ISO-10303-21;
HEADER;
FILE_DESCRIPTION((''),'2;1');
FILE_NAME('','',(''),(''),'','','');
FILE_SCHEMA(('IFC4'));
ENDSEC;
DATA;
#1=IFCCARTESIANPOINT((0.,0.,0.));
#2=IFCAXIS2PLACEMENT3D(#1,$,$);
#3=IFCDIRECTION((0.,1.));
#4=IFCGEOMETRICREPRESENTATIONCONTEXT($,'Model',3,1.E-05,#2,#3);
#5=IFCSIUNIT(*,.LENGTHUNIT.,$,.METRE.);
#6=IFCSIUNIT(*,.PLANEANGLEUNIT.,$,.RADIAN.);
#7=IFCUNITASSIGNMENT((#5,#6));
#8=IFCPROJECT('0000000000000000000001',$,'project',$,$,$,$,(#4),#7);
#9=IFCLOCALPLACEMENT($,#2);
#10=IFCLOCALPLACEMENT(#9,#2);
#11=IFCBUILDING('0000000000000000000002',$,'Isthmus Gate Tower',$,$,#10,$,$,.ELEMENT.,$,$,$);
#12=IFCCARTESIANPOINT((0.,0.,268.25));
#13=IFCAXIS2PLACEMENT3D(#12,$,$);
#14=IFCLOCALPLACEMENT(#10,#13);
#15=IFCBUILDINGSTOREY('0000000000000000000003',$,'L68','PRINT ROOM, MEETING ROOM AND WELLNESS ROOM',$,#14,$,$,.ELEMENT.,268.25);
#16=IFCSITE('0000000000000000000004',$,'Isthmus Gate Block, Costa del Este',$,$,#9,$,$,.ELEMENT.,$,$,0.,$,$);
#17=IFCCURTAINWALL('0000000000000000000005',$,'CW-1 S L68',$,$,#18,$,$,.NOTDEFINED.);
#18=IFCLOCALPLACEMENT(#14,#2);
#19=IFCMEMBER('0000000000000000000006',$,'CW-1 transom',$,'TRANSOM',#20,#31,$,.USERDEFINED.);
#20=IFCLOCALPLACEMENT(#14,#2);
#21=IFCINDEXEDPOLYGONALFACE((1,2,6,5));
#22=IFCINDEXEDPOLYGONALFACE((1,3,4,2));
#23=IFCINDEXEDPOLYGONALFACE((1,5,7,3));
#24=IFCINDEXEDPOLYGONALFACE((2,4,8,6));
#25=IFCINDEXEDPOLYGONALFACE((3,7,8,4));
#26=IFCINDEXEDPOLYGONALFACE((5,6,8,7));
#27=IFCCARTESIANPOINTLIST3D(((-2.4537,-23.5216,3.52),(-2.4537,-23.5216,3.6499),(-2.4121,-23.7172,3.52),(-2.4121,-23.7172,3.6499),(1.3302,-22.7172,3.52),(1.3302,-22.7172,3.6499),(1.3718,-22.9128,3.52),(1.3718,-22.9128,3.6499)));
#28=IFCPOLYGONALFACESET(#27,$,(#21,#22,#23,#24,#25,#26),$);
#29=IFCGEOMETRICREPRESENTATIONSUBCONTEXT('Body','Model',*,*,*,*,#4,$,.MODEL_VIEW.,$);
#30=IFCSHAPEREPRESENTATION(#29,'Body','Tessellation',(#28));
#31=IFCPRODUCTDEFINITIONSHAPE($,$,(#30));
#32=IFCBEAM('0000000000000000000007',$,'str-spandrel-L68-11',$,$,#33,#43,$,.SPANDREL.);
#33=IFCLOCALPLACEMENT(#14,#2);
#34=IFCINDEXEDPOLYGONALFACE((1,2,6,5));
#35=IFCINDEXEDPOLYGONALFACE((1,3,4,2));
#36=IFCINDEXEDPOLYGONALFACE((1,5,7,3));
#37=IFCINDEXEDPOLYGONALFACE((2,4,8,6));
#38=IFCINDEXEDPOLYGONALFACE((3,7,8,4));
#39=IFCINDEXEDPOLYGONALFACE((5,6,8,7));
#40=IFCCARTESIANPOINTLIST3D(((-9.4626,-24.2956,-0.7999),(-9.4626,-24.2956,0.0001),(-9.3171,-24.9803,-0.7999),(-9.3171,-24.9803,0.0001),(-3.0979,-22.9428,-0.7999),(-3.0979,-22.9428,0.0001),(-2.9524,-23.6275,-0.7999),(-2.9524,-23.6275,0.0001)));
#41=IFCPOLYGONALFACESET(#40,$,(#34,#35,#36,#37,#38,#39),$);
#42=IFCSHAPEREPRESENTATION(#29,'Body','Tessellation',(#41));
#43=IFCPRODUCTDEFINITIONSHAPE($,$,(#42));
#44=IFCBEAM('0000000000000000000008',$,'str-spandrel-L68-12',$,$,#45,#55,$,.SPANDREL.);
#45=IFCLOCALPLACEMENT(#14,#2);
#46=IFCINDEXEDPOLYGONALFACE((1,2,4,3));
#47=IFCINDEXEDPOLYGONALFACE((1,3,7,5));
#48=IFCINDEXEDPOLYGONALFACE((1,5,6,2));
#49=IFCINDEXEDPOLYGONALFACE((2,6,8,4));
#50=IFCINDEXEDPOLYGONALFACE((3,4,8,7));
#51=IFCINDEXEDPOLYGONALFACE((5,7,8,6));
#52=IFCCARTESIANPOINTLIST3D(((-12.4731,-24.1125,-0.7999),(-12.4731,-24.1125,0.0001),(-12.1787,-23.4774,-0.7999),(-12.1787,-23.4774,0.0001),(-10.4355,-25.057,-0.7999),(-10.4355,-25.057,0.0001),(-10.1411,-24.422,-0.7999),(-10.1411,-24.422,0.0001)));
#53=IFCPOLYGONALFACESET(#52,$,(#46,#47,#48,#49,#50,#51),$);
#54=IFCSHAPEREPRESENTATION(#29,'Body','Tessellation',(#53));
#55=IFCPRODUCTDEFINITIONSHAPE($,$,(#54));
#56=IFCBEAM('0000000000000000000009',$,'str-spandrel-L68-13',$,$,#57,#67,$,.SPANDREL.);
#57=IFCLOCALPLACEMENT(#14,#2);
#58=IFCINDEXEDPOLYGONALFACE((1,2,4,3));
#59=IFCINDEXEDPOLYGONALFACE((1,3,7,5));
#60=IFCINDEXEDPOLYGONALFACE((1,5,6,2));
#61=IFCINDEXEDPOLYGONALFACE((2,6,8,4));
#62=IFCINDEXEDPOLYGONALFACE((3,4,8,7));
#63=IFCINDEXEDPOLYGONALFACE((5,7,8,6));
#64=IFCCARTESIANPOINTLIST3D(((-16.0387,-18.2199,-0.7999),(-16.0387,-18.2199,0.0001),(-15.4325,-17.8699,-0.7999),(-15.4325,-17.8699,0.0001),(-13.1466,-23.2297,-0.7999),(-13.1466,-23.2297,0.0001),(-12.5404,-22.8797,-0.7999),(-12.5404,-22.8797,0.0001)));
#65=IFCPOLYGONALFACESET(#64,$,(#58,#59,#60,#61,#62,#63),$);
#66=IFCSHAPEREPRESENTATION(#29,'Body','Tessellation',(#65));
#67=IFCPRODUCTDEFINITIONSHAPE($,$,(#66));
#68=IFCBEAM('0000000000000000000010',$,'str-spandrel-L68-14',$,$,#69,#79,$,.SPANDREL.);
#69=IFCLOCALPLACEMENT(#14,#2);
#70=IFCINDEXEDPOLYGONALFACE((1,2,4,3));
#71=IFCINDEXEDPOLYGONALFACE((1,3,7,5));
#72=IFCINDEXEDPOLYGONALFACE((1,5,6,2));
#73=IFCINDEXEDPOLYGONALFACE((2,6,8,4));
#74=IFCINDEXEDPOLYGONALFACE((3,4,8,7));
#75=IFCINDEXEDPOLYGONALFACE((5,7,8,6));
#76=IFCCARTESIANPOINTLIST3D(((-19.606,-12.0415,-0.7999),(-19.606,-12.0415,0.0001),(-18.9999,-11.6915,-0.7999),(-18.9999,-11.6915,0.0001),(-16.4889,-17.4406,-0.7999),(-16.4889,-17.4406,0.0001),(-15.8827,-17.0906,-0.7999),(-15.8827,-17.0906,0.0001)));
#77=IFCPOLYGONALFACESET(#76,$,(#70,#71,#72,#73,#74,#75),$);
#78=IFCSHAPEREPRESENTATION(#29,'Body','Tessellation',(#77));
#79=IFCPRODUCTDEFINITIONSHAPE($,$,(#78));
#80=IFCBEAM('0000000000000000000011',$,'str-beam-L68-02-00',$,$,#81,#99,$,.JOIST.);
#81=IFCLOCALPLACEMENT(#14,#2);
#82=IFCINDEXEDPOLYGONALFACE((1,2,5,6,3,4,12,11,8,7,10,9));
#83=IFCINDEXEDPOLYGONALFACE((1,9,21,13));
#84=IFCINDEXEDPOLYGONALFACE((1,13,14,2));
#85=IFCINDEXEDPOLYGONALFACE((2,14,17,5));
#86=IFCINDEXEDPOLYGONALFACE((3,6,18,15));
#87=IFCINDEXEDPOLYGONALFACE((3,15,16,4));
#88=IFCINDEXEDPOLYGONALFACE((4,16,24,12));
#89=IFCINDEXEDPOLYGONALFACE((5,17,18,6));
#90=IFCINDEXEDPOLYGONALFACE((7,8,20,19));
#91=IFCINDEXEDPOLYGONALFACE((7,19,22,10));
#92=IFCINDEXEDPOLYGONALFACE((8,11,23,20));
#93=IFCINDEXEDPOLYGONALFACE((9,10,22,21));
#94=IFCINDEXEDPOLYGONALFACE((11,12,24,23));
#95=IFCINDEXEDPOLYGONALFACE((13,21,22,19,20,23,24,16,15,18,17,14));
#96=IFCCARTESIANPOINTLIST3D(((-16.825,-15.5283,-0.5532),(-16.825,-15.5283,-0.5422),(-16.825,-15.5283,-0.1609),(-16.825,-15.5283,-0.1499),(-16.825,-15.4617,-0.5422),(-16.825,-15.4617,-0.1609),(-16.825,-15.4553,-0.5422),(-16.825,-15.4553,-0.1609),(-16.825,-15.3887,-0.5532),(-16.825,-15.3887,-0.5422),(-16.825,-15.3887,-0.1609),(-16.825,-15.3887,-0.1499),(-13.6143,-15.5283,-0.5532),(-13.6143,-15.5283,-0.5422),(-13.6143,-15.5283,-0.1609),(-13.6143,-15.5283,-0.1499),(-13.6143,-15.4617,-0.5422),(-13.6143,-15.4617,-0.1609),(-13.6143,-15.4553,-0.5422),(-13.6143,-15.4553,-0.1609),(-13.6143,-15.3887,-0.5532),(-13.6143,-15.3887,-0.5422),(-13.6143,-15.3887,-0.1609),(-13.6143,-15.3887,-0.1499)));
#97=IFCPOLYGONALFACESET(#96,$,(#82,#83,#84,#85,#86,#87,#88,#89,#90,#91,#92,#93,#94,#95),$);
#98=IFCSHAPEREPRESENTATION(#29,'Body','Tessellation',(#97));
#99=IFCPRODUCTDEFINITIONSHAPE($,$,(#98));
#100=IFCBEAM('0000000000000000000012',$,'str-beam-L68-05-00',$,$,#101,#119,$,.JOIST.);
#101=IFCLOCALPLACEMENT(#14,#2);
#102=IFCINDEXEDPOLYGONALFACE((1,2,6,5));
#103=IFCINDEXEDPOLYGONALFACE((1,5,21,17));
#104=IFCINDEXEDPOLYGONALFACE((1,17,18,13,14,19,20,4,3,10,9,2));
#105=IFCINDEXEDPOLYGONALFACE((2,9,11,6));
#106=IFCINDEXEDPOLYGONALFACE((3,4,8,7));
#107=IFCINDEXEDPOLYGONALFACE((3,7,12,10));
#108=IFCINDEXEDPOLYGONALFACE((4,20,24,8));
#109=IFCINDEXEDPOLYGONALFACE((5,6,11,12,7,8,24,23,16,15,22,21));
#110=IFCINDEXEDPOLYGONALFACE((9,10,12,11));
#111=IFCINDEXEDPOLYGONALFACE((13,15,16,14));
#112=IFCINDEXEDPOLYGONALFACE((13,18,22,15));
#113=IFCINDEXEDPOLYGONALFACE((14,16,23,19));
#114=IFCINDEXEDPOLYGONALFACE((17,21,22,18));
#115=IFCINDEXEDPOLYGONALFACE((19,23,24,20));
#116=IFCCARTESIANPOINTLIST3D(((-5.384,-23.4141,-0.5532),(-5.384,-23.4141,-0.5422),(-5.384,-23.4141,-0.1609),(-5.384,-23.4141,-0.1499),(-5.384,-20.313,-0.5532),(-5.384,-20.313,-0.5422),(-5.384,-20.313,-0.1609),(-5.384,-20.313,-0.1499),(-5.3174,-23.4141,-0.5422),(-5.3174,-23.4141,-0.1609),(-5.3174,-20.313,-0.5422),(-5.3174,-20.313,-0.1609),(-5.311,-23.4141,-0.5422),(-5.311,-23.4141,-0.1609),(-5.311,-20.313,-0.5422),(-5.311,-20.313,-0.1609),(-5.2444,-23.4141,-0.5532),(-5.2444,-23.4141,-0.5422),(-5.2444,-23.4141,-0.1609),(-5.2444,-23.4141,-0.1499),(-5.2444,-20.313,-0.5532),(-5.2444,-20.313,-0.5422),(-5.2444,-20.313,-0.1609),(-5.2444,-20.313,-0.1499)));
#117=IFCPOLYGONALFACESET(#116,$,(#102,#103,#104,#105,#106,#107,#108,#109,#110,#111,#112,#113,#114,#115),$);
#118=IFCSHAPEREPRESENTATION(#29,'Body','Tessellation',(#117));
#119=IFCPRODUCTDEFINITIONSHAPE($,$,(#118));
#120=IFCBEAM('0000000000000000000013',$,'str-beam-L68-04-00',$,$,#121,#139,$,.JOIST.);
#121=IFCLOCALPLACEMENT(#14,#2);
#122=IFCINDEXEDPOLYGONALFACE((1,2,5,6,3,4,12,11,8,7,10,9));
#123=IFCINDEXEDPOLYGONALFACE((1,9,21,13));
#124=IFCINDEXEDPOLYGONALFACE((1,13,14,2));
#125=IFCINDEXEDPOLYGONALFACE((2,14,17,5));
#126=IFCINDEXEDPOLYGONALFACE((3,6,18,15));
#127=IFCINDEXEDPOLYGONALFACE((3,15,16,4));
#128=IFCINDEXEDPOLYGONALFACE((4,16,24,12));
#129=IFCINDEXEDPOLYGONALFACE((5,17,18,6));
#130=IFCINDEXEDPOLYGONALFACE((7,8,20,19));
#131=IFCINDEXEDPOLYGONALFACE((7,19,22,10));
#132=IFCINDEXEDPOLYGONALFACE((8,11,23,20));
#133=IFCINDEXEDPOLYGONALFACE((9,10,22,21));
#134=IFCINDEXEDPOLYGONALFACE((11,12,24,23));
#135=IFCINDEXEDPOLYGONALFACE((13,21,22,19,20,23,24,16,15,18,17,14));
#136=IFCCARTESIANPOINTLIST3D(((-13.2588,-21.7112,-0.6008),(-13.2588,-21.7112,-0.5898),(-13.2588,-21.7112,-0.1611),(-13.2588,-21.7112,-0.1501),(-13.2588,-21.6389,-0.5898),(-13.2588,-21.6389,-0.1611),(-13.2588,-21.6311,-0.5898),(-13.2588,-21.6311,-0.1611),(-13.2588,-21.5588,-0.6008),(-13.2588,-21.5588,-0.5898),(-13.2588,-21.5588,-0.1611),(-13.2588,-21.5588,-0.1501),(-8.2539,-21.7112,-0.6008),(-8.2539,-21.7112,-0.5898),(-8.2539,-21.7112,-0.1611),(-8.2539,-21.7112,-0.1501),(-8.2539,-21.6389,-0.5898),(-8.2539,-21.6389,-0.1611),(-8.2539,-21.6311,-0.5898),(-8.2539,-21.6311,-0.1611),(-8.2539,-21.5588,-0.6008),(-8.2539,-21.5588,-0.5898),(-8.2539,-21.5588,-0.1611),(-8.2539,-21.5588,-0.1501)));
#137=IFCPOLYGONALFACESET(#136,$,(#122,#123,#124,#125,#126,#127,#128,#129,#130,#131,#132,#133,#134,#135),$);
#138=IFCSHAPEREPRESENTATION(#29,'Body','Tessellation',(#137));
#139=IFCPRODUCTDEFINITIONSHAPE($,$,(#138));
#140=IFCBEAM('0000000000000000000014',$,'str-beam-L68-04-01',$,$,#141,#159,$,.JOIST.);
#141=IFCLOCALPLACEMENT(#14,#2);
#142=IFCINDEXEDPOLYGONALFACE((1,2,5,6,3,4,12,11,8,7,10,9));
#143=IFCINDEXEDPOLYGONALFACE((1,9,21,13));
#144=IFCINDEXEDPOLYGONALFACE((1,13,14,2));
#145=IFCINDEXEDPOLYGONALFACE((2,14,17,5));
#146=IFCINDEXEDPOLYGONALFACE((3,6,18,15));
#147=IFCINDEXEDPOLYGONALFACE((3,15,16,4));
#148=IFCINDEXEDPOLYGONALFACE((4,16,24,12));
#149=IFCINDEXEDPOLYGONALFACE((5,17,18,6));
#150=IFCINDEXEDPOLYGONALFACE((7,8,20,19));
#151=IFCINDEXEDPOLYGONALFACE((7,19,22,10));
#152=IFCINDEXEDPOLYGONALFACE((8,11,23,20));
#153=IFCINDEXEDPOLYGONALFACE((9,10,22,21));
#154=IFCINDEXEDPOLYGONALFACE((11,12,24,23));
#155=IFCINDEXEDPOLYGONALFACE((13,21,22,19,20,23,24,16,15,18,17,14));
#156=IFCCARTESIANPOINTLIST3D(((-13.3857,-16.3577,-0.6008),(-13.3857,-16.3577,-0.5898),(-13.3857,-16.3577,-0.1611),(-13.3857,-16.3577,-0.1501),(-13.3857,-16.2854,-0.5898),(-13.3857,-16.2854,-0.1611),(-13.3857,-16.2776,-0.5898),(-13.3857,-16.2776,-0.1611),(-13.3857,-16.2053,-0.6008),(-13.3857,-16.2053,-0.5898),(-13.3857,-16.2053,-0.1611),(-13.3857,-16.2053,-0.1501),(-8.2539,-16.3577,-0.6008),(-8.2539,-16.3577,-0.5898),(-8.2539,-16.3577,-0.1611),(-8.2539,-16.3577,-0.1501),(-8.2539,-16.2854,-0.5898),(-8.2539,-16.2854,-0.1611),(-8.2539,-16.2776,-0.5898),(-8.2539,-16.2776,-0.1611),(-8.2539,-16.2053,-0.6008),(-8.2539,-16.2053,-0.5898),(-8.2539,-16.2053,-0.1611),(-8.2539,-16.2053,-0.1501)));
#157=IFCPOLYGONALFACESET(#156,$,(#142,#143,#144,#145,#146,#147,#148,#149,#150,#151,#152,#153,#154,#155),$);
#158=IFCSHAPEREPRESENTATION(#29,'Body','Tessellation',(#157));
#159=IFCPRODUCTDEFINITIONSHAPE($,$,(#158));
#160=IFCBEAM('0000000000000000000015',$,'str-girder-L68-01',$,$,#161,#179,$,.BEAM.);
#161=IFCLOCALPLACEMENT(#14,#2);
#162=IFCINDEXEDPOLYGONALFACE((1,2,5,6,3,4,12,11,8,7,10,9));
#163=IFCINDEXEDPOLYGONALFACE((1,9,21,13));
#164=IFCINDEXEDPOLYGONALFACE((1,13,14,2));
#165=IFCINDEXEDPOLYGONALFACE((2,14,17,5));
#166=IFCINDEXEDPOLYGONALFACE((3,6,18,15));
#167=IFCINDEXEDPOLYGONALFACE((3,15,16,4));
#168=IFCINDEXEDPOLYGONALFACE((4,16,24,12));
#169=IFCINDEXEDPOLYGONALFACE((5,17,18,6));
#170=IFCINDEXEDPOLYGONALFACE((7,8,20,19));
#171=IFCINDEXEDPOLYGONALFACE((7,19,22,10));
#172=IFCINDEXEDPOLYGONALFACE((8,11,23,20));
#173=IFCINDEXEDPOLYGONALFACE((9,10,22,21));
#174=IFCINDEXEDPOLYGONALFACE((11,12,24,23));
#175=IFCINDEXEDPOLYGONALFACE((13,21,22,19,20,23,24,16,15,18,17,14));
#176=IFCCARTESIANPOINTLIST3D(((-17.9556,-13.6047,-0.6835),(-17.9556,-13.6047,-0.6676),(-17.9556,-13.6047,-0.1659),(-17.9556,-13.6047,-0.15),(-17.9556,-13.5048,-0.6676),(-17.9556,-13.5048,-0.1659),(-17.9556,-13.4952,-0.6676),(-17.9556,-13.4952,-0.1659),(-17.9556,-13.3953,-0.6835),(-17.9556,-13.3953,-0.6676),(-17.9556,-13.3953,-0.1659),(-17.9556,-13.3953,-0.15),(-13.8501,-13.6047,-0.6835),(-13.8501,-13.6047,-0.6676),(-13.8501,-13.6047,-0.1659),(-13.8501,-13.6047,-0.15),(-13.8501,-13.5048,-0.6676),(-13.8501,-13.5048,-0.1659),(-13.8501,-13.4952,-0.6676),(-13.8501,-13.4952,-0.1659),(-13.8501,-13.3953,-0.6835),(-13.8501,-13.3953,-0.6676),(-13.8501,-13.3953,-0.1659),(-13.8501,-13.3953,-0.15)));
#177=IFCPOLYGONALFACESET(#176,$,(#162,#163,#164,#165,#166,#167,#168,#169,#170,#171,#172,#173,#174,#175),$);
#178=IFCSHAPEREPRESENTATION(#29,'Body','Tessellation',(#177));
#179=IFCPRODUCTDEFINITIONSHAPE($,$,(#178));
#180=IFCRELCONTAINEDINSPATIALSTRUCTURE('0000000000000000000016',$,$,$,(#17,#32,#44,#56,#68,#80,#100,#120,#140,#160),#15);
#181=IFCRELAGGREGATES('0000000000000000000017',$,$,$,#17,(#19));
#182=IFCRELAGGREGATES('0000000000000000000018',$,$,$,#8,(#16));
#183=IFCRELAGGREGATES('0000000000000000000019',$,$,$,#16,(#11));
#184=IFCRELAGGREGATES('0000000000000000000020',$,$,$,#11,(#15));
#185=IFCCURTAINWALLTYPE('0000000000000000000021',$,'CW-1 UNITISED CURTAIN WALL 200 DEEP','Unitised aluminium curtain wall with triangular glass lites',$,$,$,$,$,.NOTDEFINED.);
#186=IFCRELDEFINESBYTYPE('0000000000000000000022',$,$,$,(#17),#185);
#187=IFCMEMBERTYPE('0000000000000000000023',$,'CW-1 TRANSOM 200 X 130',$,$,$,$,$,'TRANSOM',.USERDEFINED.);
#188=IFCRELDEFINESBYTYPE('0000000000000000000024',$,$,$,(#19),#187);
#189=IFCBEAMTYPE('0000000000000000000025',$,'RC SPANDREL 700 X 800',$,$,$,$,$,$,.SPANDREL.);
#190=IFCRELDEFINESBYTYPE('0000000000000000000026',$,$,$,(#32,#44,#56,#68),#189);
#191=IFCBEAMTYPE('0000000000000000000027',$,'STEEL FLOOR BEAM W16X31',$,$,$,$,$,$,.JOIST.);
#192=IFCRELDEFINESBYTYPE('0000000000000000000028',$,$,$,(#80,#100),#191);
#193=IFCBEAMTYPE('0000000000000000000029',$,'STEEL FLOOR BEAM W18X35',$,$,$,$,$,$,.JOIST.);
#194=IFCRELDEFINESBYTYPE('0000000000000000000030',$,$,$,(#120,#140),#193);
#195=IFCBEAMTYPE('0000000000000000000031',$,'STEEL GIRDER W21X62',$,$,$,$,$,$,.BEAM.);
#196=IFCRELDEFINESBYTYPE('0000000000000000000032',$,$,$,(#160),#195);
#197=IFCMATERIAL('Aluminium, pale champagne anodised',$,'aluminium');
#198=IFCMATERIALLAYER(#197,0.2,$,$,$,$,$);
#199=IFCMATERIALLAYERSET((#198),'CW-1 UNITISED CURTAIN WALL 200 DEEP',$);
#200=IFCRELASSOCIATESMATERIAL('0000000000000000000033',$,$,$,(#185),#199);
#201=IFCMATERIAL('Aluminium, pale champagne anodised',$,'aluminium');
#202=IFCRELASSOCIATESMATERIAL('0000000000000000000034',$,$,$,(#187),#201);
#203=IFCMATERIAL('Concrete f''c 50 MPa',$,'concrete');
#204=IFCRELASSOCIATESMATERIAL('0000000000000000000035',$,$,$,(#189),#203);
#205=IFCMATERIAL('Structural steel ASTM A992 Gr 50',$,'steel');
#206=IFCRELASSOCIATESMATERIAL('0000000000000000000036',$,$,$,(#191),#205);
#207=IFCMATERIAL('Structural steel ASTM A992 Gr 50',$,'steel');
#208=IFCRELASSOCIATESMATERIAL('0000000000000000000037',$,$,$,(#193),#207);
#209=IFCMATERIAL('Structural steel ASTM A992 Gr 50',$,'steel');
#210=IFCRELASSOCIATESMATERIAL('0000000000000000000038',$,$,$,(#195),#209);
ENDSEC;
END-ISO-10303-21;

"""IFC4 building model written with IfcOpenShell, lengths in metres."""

from ifc_helpers import new_model, si_unit, direction, frame, origin, origin_2d, place, context, subcontext, project, spatial, rectangle, i_section, extrude, material, layer, layer_set, material_profile, profile_set, type_object, element, aggregate, save


model = new_model("IFC4")

# Units and contexts
model_context = context("Model", 3, precision=1e-05, world=origin(), true_north=direction((0.0, 1.0)))
body_context = subcontext(model_context, "Body", "Model", "MODEL_VIEW")
ifc_project = project(units=[si_unit("LENGTHUNIT", "METRE"), si_unit("PLANEANGLEUNIT", "RADIAN")], contexts=[model_context])

# Site, building, storey
site_placement = place(None, origin())
site = spatial("IfcSite", under=ifc_project, at=site_placement, Name="Isthmus Gate Block, Costa del Este", CompositionType="ELEMENT", RefElevation=0.0)
building_placement = place(site_placement, origin())
building = spatial("IfcBuilding", under=site, at=building_placement, Name="Isthmus Gate Tower", CompositionType="ELEMENT")
storey_placement = place(building_placement, frame((0.0, 0.0, 268.25)))
storey = spatial("IfcBuildingStorey", under=building, at=storey_placement, Name="L68", Description="PRINT ROOM, MEETING ROOM AND WELLNESS ROOM", CompositionType="ELEMENT", Elevation=268.25)

# Shared definitions
ifc_material_1 = material(Name="Aluminium, pale champagne anodised", Category="aluminium")
ifc_layer_1 = layer(ifc_material_1, 0.2)
ifc_layer_set_1 = layer_set([ifc_layer_1], Name="CW-1 UNITISED CURTAIN WALL 200 DEEP")
curtain_wall_type = type_object("IfcCurtainWallType", Name="CW-1 UNITISED CURTAIN WALL 200 DEEP", Description="Unitised aluminium curtain wall with triangular glass lites", PredefinedType="NOTDEFINED", material=ifc_layer_set_1)

# Curtain wall
curtain_wall_1_placement = place(storey_placement, origin())
curtain_wall_1 = element("IfcCurtainWall", 1, at=curtain_wall_1_placement, inside=storey, type_object=curtain_wall_type, Name="CW-1 S L68", PredefinedType="NOTDEFINED")

# Member
ifc_material_2 = material(Name="Aluminium, pale champagne anodised", Category="aluminium")
ifc_material_profile_1 = material_profile(ifc_material_2, rectangle(XDim=0.2, YDim=0.1299, at=origin_2d()), Name="200x130")
ifc_profile_set_1 = profile_set([ifc_material_profile_1], Name="Aluminium, pale champagne anodised")
member_type_1 = type_object("IfcMemberType", Name="CW-1 TRANSOM 200 X 130", ElementType="TRANSOM", PredefinedType="USERDEFINED", material=ifc_profile_set_1)
member_1_placement = place(storey_placement, frame((-2.4329, -23.6194, 3.585), z_axis=(0.97814, 0.207947, 0.0), x_axis=(-0.207947, 0.97814, 0.0)))
member_1 = element("IfcMember", 2, at=member_1_placement, type_object=member_type_1, Name="CW-1 transom", ObjectType="TRANSOM", PredefinedType="USERDEFINED", context=body_context, shape_type="SweptSolid", body=[
    extrude(rectangle(XDim=0.2, YDim=0.1299, at=origin_2d()), origin(), (0.0, 0.0, 1.0), 3.8684),
])

# Beams
ifc_material_3 = material(Name="Concrete f'c 50 MPa", Category="concrete")
ifc_material_profile_2 = material_profile(ifc_material_3, rectangle(XDim=0.7, YDim=0.8, at=origin_2d()), Name="RC 700X800")
ifc_profile_set_2 = profile_set([ifc_material_profile_2], Name="Concrete f'c 50 MPa")
beam_type_1 = type_object("IfcBeamType", Name="RC SPANDREL 700 X 800", PredefinedType="SPANDREL", material=ifc_profile_set_2)
beam_1_placement = place(storey_placement, frame((-3.0251, -23.2852, -0.3999), z_axis=(-0.97815, -0.207899, 0.0), x_axis=(0.207899, -0.97815, 0.0)))
element("IfcBeam", 3, at=beam_1_placement, inside=storey, type_object=beam_type_1, Name="str-spandrel-L68-11", PredefinedType="SPANDREL", context=body_context, shape_type="SweptSolid", body=[
    extrude(rectangle(XDim=0.7, YDim=0.8, at=origin_2d()), origin(), (0.0, 0.0, 1.0), 6.5068),
])
beam_2_placement = place(storey_placement, frame((-10.2883, -24.7395, -0.3999), z_axis=(-0.907255, 0.420581, 0.0), x_axis=(-0.420581, -0.907255, 0.0)))
element("IfcBeam", 4, at=beam_2_placement, inside=storey, type_object=beam_type_1, Name="str-spandrel-L68-12", PredefinedType="SPANDREL", context=body_context, shape_type="SweptSolid", body=[
    extrude(rectangle(XDim=0.7, YDim=0.8, at=origin_2d()), origin(), (0.0, 0.0, 1.0), 2.2458),
])
beam_3_placement = place(storey_placement, frame((-12.8435, -23.0547, -0.3999), z_axis=(-0.499961, 0.866048, 0.0), x_axis=(-0.866048, -0.499961, 0.0)))
element("IfcBeam", 5, at=beam_3_placement, inside=storey, type_object=beam_type_1, Name="str-spandrel-L68-13", PredefinedType="SPANDREL", context=body_context, shape_type="SweptSolid", body=[
    extrude(rectangle(XDim=0.7, YDim=0.8, at=origin_2d()), origin(), (0.0, 0.0, 1.0), 5.7847),
])
beam_4_placement = place(storey_placement, frame((-16.1858, -17.2656, -0.3999), z_axis=(-0.499997, 0.866027, 0.0), x_axis=(-0.866027, -0.499997, 0.0)))
element("IfcBeam", 6, at=beam_4_placement, inside=storey, type_object=beam_type_1, Name="str-spandrel-L68-14", PredefinedType="SPANDREL", context=body_context, shape_type="SweptSolid", body=[
    extrude(rectangle(XDim=0.7, YDim=0.8, at=origin_2d()), origin(), (0.0, 0.0, 1.0), 6.2344),
])
ifc_material_4 = material(Name="Structural steel ASTM A992 Gr 50", Category="steel")
ifc_material_profile_3 = material_profile(ifc_material_4, i_section(OverallWidth=0.1396, OverallDepth=0.4033, WebThickness=0.0063, FlangeThickness=0.011, at=origin_2d()), Name="W16X31")
ifc_profile_set_3 = profile_set([ifc_material_profile_3], Name="Structural steel ASTM A992 Gr 50")
beam_type_2 = type_object("IfcBeamType", Name="STEEL FLOOR BEAM W16X31", PredefinedType="JOIST", material=ifc_profile_set_3)
beam_5_placement = place(storey_placement, frame((-16.825, -15.4585, -0.3516), z_axis=(1.0, 0.0, 0.0), x_axis=(0.0, 1.0, 0.0)))
element("IfcBeam", 7, at=beam_5_placement, inside=storey, type_object=beam_type_2, Name="str-beam-L68-02-00", PredefinedType="JOIST", context=body_context, shape_type="SweptSolid", body=[
    extrude(i_section(OverallWidth=0.1396, OverallDepth=0.4033, WebThickness=0.0063, FlangeThickness=0.011, at=origin_2d()), origin(), (0.0, 0.0, 1.0), 3.2107),
])
beam_6_placement = place(storey_placement, frame((-5.3142, -23.4141, -0.3516), z_axis=(0.0, 1.0, 0.0), x_axis=(-1.0, 0.0, 0.0)))
element("IfcBeam", 8, at=beam_6_placement, inside=storey, type_object=beam_type_2, Name="str-beam-L68-05-00", PredefinedType="JOIST", context=body_context, shape_type="SweptSolid", body=[
    extrude(i_section(OverallWidth=0.1396, OverallDepth=0.4033, WebThickness=0.0063, FlangeThickness=0.011, at=origin_2d()), origin(), (0.0, 0.0, 1.0), 3.1011),
])
ifc_material_5 = material(Name="Structural steel ASTM A992 Gr 50", Category="steel")
ifc_material_profile_4 = material_profile(ifc_material_5, i_section(OverallWidth=0.1523, OverallDepth=0.4507, WebThickness=0.0078, FlangeThickness=0.011, at=origin_2d()), Name="W18X35")
ifc_profile_set_4 = profile_set([ifc_material_profile_4], Name="Structural steel ASTM A992 Gr 50")
beam_type_3 = type_object("IfcBeamType", Name="STEEL FLOOR BEAM W18X35", PredefinedType="JOIST", material=ifc_profile_set_4)
beam_7_placement = place(storey_placement, frame((-13.2588, -21.635, -0.3755), z_axis=(1.0, 0.0, 0.0), x_axis=(0.0, 1.0, 0.0)))
element("IfcBeam", 9, at=beam_7_placement, inside=storey, type_object=beam_type_3, Name="str-beam-L68-04-00", PredefinedType="JOIST", context=body_context, shape_type="SweptSolid", body=[
    extrude(i_section(OverallWidth=0.1523, OverallDepth=0.4507, WebThickness=0.0078, FlangeThickness=0.011, at=origin_2d()), origin(), (0.0, 0.0, 1.0), 5.0049),
])
beam_8_placement = place(storey_placement, frame((-13.3857, -16.2815, -0.3755), z_axis=(1.0, 0.0, 0.0), x_axis=(0.0, 1.0, 0.0)))
element("IfcBeam", 10, at=beam_8_placement, inside=storey, type_object=beam_type_3, Name="str-beam-L68-04-01", PredefinedType="JOIST", context=body_context, shape_type="SweptSolid", body=[
    extrude(i_section(OverallWidth=0.1523, OverallDepth=0.4507, WebThickness=0.0078, FlangeThickness=0.011, at=origin_2d()), origin(), (0.0, 0.0, 1.0), 5.1318),
])
ifc_material_6 = material(Name="Structural steel ASTM A992 Gr 50", Category="steel")
ifc_material_profile_5 = material_profile(ifc_material_6, i_section(OverallWidth=0.2095, OverallDepth=0.5334, WebThickness=0.0095, FlangeThickness=0.0159, at=origin_2d()), Name="W21X62")
ifc_profile_set_5 = profile_set([ifc_material_profile_5], Name="Structural steel ASTM A992 Gr 50")
beam_type_4 = type_object("IfcBeamType", Name="STEEL GIRDER W21X62", PredefinedType="BEAM", material=ifc_profile_set_5)
beam_9_placement = place(storey_placement, frame((-17.9556, -13.5, -0.4167), z_axis=(1.0, 0.0, 0.0), x_axis=(0.0, 1.0, 0.0)))
element("IfcBeam", 11, at=beam_9_placement, inside=storey, type_object=beam_type_4, Name="str-girder-L68-01", PredefinedType="BEAM", context=body_context, shape_type="SweptSolid", body=[
    extrude(i_section(OverallWidth=0.2095, OverallDepth=0.5334, WebThickness=0.0095, FlangeThickness=0.0159, at=origin_2d()), origin(), (0.0, 0.0, 1.0), 4.1055),
])

aggregate(curtain_wall_1, [member_1])

save(model, "model.ifc")
